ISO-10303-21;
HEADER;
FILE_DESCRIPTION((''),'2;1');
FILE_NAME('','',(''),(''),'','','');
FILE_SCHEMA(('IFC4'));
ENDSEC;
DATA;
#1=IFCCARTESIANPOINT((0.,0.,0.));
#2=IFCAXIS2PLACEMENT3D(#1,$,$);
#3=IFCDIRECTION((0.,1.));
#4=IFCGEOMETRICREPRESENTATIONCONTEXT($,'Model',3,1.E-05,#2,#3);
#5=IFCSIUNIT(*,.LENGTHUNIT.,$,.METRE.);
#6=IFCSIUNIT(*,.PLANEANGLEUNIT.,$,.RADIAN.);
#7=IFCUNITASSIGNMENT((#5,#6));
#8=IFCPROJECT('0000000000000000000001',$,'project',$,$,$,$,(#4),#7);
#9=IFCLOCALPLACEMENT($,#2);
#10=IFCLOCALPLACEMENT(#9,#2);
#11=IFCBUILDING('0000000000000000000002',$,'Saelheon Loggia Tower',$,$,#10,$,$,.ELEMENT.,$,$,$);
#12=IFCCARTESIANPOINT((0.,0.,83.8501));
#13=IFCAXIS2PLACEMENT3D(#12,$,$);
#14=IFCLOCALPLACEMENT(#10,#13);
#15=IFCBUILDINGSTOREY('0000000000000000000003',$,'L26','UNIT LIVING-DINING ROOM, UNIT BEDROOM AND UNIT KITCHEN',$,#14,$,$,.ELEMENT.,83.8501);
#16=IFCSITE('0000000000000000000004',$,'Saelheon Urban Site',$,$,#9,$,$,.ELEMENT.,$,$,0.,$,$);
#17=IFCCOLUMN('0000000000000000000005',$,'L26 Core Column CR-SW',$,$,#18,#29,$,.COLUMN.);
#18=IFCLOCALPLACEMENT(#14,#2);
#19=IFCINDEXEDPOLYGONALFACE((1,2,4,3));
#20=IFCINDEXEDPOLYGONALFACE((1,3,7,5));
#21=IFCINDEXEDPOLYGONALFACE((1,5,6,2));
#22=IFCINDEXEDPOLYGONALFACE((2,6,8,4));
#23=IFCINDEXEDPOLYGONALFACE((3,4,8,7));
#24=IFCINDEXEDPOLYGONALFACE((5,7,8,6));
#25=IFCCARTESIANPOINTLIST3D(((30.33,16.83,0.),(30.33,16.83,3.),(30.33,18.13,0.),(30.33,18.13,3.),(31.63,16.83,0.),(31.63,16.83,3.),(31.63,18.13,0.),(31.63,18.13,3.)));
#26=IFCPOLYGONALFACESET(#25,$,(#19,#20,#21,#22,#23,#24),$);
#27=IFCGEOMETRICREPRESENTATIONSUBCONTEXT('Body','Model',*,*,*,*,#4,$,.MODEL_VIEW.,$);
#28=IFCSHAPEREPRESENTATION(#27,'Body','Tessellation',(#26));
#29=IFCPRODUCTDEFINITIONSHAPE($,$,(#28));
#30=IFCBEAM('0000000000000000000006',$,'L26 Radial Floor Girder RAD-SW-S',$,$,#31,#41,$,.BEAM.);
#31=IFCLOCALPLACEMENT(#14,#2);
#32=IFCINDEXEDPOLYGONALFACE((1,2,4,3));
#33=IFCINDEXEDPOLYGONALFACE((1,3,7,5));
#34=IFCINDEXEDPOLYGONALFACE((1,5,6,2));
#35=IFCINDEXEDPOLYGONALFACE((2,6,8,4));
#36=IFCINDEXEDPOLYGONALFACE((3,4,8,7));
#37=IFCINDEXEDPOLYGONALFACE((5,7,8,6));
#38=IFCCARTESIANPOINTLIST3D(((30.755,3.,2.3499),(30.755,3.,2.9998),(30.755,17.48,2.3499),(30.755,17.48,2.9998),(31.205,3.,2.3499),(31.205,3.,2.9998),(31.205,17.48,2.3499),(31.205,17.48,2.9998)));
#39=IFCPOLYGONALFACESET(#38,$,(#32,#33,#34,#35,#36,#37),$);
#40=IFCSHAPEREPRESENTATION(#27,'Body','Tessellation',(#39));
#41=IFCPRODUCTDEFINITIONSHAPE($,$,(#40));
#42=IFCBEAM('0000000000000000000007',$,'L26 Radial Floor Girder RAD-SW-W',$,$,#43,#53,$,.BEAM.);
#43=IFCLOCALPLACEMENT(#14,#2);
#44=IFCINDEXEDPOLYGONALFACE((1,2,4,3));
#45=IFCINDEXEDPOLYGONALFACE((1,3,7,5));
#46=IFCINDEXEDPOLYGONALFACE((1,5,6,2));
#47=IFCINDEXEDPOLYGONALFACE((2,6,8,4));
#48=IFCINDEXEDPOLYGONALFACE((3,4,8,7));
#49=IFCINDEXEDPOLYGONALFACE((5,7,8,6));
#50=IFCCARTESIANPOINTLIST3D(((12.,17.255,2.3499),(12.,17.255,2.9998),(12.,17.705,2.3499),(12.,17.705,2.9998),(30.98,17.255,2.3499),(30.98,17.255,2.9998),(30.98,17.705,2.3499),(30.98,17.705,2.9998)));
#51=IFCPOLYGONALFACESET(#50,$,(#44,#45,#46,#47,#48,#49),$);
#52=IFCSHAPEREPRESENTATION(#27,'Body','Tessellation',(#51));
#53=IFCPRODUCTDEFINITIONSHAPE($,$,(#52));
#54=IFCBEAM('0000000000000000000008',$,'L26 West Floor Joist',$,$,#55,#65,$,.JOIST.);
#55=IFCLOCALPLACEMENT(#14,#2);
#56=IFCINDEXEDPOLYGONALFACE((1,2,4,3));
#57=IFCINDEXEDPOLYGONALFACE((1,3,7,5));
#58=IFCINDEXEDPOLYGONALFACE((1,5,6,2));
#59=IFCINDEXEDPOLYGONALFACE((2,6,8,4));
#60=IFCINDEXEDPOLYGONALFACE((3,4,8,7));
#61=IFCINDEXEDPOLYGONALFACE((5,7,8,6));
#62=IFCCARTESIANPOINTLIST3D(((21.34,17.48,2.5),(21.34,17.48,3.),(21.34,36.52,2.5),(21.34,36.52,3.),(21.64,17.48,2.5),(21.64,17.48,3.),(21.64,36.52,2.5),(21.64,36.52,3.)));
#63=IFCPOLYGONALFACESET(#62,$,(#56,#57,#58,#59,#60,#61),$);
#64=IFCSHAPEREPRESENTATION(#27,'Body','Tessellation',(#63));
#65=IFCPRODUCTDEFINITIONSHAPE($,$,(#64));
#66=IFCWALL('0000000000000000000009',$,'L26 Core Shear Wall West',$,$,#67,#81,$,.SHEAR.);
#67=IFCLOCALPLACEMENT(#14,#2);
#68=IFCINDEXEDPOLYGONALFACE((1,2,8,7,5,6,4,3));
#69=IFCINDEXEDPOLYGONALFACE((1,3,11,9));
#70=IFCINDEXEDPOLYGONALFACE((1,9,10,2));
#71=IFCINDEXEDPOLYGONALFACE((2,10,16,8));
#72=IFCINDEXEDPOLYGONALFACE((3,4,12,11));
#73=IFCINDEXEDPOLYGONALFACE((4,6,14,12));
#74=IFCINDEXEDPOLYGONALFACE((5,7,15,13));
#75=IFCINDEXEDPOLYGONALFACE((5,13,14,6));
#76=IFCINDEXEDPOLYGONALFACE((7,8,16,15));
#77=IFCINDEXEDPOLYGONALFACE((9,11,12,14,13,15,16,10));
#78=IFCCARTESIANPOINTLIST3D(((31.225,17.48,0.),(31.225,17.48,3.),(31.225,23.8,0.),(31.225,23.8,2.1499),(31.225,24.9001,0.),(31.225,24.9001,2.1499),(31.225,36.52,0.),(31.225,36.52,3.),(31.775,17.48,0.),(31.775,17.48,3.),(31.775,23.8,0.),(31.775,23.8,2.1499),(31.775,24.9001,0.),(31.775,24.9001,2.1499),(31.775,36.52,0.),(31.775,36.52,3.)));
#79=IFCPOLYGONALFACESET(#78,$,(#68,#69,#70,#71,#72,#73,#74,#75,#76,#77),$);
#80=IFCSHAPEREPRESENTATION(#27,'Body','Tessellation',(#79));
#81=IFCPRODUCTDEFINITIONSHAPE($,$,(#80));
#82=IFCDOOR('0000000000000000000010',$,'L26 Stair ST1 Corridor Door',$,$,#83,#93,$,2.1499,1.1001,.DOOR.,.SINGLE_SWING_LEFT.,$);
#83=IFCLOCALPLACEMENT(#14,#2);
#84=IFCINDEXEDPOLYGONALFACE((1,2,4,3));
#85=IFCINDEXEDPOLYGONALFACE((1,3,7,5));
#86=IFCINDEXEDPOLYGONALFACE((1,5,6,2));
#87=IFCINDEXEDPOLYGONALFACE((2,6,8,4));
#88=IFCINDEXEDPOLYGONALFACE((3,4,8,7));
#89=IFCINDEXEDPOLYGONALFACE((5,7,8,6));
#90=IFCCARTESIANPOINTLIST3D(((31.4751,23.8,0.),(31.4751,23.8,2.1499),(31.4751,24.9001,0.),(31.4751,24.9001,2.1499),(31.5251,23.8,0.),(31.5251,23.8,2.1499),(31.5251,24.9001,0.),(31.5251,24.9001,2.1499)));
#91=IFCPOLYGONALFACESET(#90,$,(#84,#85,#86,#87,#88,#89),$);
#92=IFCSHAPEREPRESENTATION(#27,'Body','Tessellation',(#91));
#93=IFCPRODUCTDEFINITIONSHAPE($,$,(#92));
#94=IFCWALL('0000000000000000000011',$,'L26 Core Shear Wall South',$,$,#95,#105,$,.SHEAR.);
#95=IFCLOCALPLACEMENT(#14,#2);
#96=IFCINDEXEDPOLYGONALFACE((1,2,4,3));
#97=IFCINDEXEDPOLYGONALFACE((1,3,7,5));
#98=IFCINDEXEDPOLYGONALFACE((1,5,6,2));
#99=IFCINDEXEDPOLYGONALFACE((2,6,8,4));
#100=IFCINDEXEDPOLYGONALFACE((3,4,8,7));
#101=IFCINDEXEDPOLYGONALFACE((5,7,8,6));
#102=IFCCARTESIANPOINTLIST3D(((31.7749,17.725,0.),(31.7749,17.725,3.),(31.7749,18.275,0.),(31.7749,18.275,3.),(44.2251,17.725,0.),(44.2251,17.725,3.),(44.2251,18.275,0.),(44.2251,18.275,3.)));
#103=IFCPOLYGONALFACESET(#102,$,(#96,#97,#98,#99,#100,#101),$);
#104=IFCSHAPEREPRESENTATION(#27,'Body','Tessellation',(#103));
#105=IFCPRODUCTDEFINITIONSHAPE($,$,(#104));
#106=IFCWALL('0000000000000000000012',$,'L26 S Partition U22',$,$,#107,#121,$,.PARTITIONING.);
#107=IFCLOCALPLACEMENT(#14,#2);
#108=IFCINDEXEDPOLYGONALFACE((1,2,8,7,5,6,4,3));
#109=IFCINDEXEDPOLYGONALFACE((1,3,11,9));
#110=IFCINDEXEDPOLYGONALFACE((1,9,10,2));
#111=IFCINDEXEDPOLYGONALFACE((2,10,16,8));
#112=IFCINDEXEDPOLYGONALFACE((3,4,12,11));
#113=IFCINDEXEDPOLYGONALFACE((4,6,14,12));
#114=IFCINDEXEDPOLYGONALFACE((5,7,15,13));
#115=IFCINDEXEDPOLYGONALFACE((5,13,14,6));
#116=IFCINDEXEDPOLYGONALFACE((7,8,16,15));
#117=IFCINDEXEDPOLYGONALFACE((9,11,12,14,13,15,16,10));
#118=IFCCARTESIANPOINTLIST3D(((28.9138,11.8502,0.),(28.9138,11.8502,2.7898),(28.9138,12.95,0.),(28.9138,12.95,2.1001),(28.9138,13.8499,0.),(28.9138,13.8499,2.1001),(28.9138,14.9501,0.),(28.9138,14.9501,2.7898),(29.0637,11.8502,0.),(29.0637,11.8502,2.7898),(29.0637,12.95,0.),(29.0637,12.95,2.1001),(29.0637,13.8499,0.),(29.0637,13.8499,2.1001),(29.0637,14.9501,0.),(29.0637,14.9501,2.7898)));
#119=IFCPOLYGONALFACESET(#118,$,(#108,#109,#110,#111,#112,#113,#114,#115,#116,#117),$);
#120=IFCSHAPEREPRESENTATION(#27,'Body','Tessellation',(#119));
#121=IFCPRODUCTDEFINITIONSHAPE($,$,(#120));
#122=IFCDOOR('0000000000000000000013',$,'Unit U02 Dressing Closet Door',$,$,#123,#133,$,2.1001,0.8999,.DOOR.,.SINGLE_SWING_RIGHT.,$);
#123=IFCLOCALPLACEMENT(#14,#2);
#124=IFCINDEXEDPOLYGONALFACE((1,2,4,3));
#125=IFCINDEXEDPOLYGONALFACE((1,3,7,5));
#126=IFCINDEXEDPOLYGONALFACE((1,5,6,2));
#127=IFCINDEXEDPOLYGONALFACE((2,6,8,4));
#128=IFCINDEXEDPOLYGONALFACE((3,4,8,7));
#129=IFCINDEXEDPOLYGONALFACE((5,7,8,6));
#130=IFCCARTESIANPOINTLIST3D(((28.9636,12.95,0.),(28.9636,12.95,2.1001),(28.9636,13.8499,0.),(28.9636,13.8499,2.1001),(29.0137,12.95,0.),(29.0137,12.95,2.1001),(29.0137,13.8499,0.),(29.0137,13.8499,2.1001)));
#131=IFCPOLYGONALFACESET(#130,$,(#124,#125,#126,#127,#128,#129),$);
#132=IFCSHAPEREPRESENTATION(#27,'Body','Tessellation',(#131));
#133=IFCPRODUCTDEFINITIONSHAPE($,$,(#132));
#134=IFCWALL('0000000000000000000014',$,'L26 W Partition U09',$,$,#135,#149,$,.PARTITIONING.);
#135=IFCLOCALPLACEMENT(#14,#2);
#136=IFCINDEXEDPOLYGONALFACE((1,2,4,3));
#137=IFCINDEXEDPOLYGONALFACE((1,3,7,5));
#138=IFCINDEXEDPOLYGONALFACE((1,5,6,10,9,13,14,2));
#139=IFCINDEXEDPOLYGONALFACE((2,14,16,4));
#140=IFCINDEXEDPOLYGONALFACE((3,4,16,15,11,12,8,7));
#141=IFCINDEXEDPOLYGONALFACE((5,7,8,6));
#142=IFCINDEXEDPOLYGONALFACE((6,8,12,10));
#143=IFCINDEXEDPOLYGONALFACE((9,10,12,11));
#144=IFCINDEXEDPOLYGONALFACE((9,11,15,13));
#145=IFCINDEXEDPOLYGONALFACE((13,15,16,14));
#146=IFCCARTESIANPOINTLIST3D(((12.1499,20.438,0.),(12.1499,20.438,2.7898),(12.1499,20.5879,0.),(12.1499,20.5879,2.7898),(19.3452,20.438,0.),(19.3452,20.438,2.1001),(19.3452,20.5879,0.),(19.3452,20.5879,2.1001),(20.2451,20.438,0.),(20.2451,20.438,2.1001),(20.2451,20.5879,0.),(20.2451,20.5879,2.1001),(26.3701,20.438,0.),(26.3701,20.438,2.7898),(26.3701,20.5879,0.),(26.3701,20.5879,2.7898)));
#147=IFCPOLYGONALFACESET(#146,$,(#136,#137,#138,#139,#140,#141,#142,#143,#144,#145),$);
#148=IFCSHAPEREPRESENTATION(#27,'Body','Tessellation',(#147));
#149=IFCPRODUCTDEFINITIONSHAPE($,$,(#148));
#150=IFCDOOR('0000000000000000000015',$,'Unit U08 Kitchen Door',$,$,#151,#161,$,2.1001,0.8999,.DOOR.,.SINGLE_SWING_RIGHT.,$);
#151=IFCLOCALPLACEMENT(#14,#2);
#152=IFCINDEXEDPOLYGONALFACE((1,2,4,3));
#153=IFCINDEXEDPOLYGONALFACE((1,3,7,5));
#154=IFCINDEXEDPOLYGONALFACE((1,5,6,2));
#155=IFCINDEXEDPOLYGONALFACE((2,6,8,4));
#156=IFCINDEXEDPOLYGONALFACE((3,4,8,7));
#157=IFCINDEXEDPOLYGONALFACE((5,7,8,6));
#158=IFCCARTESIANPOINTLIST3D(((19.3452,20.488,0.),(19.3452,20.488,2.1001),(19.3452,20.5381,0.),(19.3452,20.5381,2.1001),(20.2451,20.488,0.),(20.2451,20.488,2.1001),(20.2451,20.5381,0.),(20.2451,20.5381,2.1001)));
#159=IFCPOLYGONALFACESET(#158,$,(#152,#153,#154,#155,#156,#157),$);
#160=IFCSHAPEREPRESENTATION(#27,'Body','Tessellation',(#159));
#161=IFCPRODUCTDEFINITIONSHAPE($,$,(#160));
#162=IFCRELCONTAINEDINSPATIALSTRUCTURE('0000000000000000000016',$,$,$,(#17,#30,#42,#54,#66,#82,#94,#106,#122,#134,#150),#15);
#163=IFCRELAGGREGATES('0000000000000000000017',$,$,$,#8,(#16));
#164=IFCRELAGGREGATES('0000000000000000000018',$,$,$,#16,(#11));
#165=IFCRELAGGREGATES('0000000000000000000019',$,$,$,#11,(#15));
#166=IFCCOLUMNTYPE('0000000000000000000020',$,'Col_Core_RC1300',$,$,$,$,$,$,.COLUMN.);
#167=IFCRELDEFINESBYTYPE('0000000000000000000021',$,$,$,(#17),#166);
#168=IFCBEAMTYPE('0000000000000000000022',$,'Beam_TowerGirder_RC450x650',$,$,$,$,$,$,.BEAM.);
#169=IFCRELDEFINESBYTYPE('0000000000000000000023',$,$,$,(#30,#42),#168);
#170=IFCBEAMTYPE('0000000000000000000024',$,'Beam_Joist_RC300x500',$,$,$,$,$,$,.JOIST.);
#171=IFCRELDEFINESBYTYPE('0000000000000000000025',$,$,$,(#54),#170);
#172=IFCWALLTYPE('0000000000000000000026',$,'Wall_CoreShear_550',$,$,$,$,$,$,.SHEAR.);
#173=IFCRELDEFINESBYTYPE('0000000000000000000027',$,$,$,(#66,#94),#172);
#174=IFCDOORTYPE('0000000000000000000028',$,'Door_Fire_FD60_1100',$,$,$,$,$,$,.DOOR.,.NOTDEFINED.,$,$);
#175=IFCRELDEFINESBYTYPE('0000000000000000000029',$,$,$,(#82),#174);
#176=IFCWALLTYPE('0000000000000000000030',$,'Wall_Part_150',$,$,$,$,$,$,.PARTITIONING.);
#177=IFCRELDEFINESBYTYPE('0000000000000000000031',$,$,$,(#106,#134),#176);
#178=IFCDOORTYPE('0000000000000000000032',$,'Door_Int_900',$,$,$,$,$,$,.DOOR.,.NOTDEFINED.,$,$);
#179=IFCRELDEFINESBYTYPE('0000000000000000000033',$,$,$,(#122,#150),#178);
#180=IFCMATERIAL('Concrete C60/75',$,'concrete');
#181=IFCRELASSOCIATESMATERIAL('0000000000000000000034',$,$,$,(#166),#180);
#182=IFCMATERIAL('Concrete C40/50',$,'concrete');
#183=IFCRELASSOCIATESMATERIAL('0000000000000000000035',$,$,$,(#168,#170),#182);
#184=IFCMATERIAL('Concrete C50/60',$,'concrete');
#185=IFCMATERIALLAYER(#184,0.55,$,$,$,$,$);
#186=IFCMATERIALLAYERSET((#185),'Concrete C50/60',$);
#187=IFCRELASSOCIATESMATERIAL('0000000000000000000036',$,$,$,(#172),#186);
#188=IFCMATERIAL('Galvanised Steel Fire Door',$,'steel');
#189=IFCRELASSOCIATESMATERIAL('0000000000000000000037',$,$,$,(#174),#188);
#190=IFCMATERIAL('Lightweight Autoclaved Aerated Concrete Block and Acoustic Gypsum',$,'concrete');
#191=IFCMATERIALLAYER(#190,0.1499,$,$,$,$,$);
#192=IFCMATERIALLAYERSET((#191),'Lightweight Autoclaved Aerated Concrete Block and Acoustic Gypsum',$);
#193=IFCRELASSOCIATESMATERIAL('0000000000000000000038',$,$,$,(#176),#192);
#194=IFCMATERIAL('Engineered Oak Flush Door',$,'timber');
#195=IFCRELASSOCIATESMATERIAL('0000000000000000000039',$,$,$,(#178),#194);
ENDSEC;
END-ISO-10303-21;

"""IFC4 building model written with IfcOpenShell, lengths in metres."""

from ifc_helpers import new_model, si_unit, direction, frame, frame_2d, origin, origin_2d, place, context, subcontext, project, spatial, rectangle, extrude, source, transform, mapped, material, layer, layer_set, material_profile, profile_set, type_object, element, fill, save


model = new_model("IFC4")

# Units and contexts
model_context = context("Model", 3, precision=1e-05, world=origin(), true_north=direction((0.0, 1.0)))
body_context = subcontext(model_context, "Body", "Model", "MODEL_VIEW")
ifc_project = project(units=[si_unit("LENGTHUNIT", "METRE"), si_unit("PLANEANGLEUNIT", "RADIAN")], contexts=[model_context])

# Site, building, storey
site_placement = place(None, origin())
site = spatial("IfcSite", under=ifc_project, at=site_placement, Name="Saelheon Urban Site", CompositionType="ELEMENT", RefElevation=0.0)
building_placement = place(site_placement, origin())
building = spatial("IfcBuilding", under=site, at=building_placement, Name="Saelheon Loggia Tower", CompositionType="ELEMENT")
storey_placement = place(building_placement, frame((0.0, 0.0, 83.8501)))
storey = spatial("IfcBuildingStorey", under=building, at=storey_placement, Name="L26", Description="UNIT LIVING-DINING ROOM, UNIT BEDROOM AND UNIT KITCHEN", CompositionType="ELEMENT", Elevation=83.8501)

# Column
ifc_material_1 = material(Name="Concrete C60/75", Category="concrete")
ifc_material_profile_1 = material_profile(ifc_material_1, rectangle(XDim=1.3, YDim=1.3, at=origin_2d()), Name="RC-1300x1300")
ifc_profile_set_1 = profile_set([ifc_material_profile_1], Name="Concrete C60/75")
column_type = type_object("IfcColumnType", Name="Col_Core_RC1300", PredefinedType="COLUMN", material=ifc_profile_set_1)
shared_shape_1 = source(origin(), body_context, "Body", "SweptSolid", [
    extrude(rectangle(XDim=1.3, YDim=1.3, at=origin_2d()), origin(), (0.0, 0.0, 1.0), 3.0),
])
column_placement = place(storey_placement, frame((30.98, 17.48, 0.0), z_axis=(0.0, 0.0, 1.0), x_axis=(1.0, 0.0, 0.0)))
element("IfcColumn", 1, at=column_placement, inside=storey, type_object=column_type, Name="L26 Core Column CR-SW", PredefinedType="COLUMN", context=body_context, shape_type="MappedRepresentation", body=[
    mapped(shared_shape_1, transform((0.0, 0.0, 0.0), scale=1.0)),
])

# Beams
ifc_material_2 = material(Name="Concrete C40/50", Category="concrete")
ifc_material_profile_2 = material_profile(ifc_material_2, rectangle(XDim=0.45, YDim=0.6499, at=origin_2d()), Name="RC-450x650")
ifc_profile_set_2 = profile_set([ifc_material_profile_2], Name="Concrete C40/50")
beam_type_1 = type_object("IfcBeamType", Name="Beam_TowerGirder_RC450x650", PredefinedType="BEAM", material=ifc_profile_set_2)
shared_shape_2 = source(origin(), body_context, "Body", "SweptSolid", [
    extrude(rectangle(XDim=0.45, YDim=0.6499, at=origin_2d()), origin(), (0.0, 0.0, 1.0), 14.48),
])
beam_1_placement = place(storey_placement, frame((30.98, 17.48, 2.6748), z_axis=(0.0, -1.0, 0.0), x_axis=(1.0, 0.0, 0.0)))
element("IfcBeam", 2, at=beam_1_placement, inside=storey, type_object=beam_type_1, Name="L26 Radial Floor Girder RAD-SW-S", PredefinedType="BEAM", context=body_context, shape_type="MappedRepresentation", body=[
    mapped(shared_shape_2, transform((0.0, 0.0, 0.0), scale=1.0)),
])
shared_shape_3 = source(origin(), body_context, "Body", "SweptSolid", [
    extrude(rectangle(XDim=0.45, YDim=0.6499, at=origin_2d()), origin(), (0.0, 0.0, 1.0), 18.98),
])
beam_2_placement = place(storey_placement, frame((30.98, 17.48, 2.6748), z_axis=(-1.0, 0.0, 0.0), x_axis=(0.0, -1.0, 0.0)))
element("IfcBeam", 3, at=beam_2_placement, inside=storey, type_object=beam_type_1, Name="L26 Radial Floor Girder RAD-SW-W", PredefinedType="BEAM", context=body_context, shape_type="MappedRepresentation", body=[
    mapped(shared_shape_3, transform((0.0, 0.0, 0.0), scale=1.0)),
])
ifc_material_profile_3 = material_profile(ifc_material_2, rectangle(XDim=0.3, YDim=0.5, at=origin_2d()), Name="RC-300x500")
ifc_profile_set_3 = profile_set([ifc_material_profile_3], Name="Concrete C40/50")
beam_type_2 = type_object("IfcBeamType", Name="Beam_Joist_RC300x500", PredefinedType="JOIST", material=ifc_profile_set_3)
shared_shape_4 = source(origin(), body_context, "Body", "SweptSolid", [
    extrude(rectangle(XDim=0.3, YDim=0.5, at=origin_2d()), origin(), (0.0, 0.0, 1.0), 19.04),
])
beam_3_placement = place(storey_placement, frame((21.49, 17.48, 2.75), z_axis=(0.0, 1.0, 0.0), x_axis=(-1.0, 0.0, 0.0)))
element("IfcBeam", 4, at=beam_3_placement, inside=storey, type_object=beam_type_2, Name="L26 West Floor Joist", PredefinedType="JOIST", context=body_context, shape_type="MappedRepresentation", body=[
    mapped(shared_shape_4, transform((0.0, 0.0, 0.0), scale=1.0)),
])

# Wall, opening, door
ifc_material_3 = material(Name="Concrete C50/60", Category="concrete")
ifc_layer_1 = layer(ifc_material_3, 0.55)
ifc_layer_set_1 = layer_set([ifc_layer_1], Name="Concrete C50/60")
wall_type_1 = type_object("IfcWallType", Name="Wall_CoreShear_550", PredefinedType="SHEAR", material=ifc_layer_set_1)
wall_1_placement = place(storey_placement, frame((31.5, 17.48, 0.0), z_axis=(0.0, 0.0, 1.0), x_axis=(0.0, 1.0, 0.0)))
wall_1 = element("IfcWall", 5, at=wall_1_placement, inside=storey, type_object=wall_type_1, Name="L26 Core Shear Wall West", PredefinedType="SHEAR", context=body_context, shape_type="SweptSolid", body=[
    extrude(rectangle(XDim=19.04, YDim=0.55, at=frame_2d((9.52, 0.0))), origin(), (0.0, 0.0, 1.0), 3.0),
])
opening_1_placement = place(wall_1_placement, frame((6.3201, 0.0, 0.0)))
opening_1 = element("IfcOpeningElement", 6, at=opening_1_placement, cuts=wall_1, PredefinedType="OPENING", context=body_context, shape_type="SweptSolid", body=[
    extrude(rectangle(XDim=1.1001, YDim=2.1499, at=frame_2d((0.55, 1.075))), frame((0.0, 0.2871, 0.0), z_axis=(0.0, -1.0, 0.0), x_axis=(1.0, 0.0, 0.0)), (0.0, 0.0, 1.0), 0.574),
])
ifc_material_4 = material(Name="Galvanised Steel Fire Door", Category="steel")
door_type_1 = type_object("IfcDoorType", Name="Door_Fire_FD60_1100", OperationType="NOTDEFINED", PredefinedType="DOOR", material=ifc_material_4)
shared_shape_5 = source(origin(), body_context, "Body", "SweptSolid", [
    extrude(rectangle(XDim=1.1001, YDim=2.1499, at=frame_2d((0.55, 1.075))), frame((0.0, 0.0249, 0.0), z_axis=(0.0, -1.0, 0.0), x_axis=(1.0, 0.0, 0.0)), (0.0, 0.0, 1.0), 0.05),
])
door_1_placement = place(opening_1_placement, origin())
door_1 = element("IfcDoor", 7, at=door_1_placement, inside=storey, type_object=door_type_1, Name="L26 Stair ST1 Corridor Door", OperationType="SINGLE_SWING_LEFT", OverallHeight=2.1499, OverallWidth=1.1001, PredefinedType="DOOR", context=body_context, shape_type="MappedRepresentation", body=[
    mapped(shared_shape_5, transform((0.0, 0.0, 0.0), scale=1.0)),
])
fill(opening_1, door_1)

# Wall
wall_2_placement = place(storey_placement, frame((31.7749, 18.0, 0.0), z_axis=(0.0, 0.0, 1.0), x_axis=(1.0, 0.0, 0.0)))
element("IfcWall", 8, at=wall_2_placement, inside=storey, type_object=wall_type_1, Name="L26 Core Shear Wall South", PredefinedType="SHEAR", context=body_context, shape_type="SweptSolid", body=[
    extrude(rectangle(XDim=12.4502, YDim=0.55, at=frame_2d((6.2251, 0.0))), origin(), (0.0, 0.0, 1.0), 3.0),
])

# Walls, openings, doors
ifc_material_5 = material(Name="Lightweight Autoclaved Aerated Concrete Block and Acoustic Gypsum", Category="concrete")
ifc_layer_2 = layer(ifc_material_5, 0.1499)
ifc_layer_set_2 = layer_set([ifc_layer_2], Name="Lightweight Autoclaved Aerated Concrete Block and Acoustic Gypsum")
wall_type_2 = type_object("IfcWallType", Name="Wall_Part_150", PredefinedType="PARTITIONING", material=ifc_layer_set_2)
wall_3_placement = place(storey_placement, frame((28.9888, 14.95, 0.0), z_axis=(0.0, 0.0, 1.0), x_axis=(0.0, -1.0, 0.0)))
wall_3 = element("IfcWall", 9, at=wall_3_placement, inside=storey, type_object=wall_type_2, Name="L26 S Partition U22", PredefinedType="PARTITIONING", context=body_context, shape_type="SweptSolid", body=[
    extrude(rectangle(XDim=3.0999, YDim=0.1499, at=frame_2d((1.5498, 0.0))), origin(), (0.0, 0.0, 1.0), 2.7898),
])
opening_2_placement = place(wall_3_placement, frame((1.1001, 0.0, 0.0)))
opening_2 = element("IfcOpeningElement", 10, at=opening_2_placement, cuts=wall_3, PredefinedType="OPENING", context=body_context, shape_type="SweptSolid", body=[
    extrude(rectangle(XDim=0.8999, YDim=2.1001, at=frame_2d((0.45, 1.05))), frame((0.0, 0.0869, 0.0), z_axis=(0.0, -1.0, 0.0), x_axis=(1.0, 0.0, 0.0)), (0.0, 0.0, 1.0), 0.1738),
])
ifc_material_6 = material(Name="Engineered Oak Flush Door", Category="timber")
door_type_2 = type_object("IfcDoorType", Name="Door_Int_900", OperationType="NOTDEFINED", PredefinedType="DOOR", material=ifc_material_6)
shared_shape_6 = source(origin(), body_context, "Body", "SweptSolid", [
    extrude(rectangle(XDim=0.8999, YDim=2.1001, at=frame_2d((0.45, 1.05))), frame((0.0, 0.0249, 0.0), z_axis=(0.0, -1.0, 0.0), x_axis=(1.0, 0.0, 0.0)), (0.0, 0.0, 1.0), 0.05),
])
door_2_placement = place(opening_2_placement, origin())
door_2 = element("IfcDoor", 11, at=door_2_placement, inside=storey, type_object=door_type_2, Name="Unit U02 Dressing Closet Door", OperationType="SINGLE_SWING_RIGHT", OverallHeight=2.1001, OverallWidth=0.8999, PredefinedType="DOOR", context=body_context, shape_type="MappedRepresentation", body=[
    mapped(shared_shape_6, transform((0.0, 0.0, 0.0), scale=1.0)),
])
fill(opening_2, door_2)
wall_4_placement = place(storey_placement, frame((26.3701, 20.5129, 0.0), z_axis=(0.0, 0.0, 1.0), x_axis=(-1.0, 0.0, 0.0)))
wall_4 = element("IfcWall", 12, at=wall_4_placement, inside=storey, type_object=wall_type_2, Name="L26 W Partition U09", PredefinedType="PARTITIONING", context=body_context, shape_type="SweptSolid", body=[
    extrude(rectangle(XDim=14.2202, YDim=0.1499, at=frame_2d((7.1101, 0.0))), origin(), (0.0, 0.0, 1.0), 2.7898),
])
opening_3_placement = place(wall_4_placement, frame((6.125, 0.0, 0.0)))
opening_3 = element("IfcOpeningElement", 13, at=opening_3_placement, cuts=wall_4, PredefinedType="OPENING", context=body_context, shape_type="SweptSolid", body=[
    extrude(rectangle(XDim=0.8999, YDim=2.1001, at=frame_2d((0.45, 1.05))), frame((0.0, 0.0869, 0.0), z_axis=(0.0, -1.0, 0.0), x_axis=(1.0, 0.0, 0.0)), (0.0, 0.0, 1.0), 0.1738),
])
door_3_placement = place(opening_3_placement, origin())
door_3 = element("IfcDoor", 14, at=door_3_placement, inside=storey, type_object=door_type_2, Name="Unit U08 Kitchen Door", OperationType="SINGLE_SWING_RIGHT", OverallHeight=2.1001, OverallWidth=0.8999, PredefinedType="DOOR", context=body_context, shape_type="MappedRepresentation", body=[
    mapped(shared_shape_6, transform((0.0, 0.0, 0.0), scale=1.0)),
])
fill(opening_3, door_3)

save(model, "model.ifc")
